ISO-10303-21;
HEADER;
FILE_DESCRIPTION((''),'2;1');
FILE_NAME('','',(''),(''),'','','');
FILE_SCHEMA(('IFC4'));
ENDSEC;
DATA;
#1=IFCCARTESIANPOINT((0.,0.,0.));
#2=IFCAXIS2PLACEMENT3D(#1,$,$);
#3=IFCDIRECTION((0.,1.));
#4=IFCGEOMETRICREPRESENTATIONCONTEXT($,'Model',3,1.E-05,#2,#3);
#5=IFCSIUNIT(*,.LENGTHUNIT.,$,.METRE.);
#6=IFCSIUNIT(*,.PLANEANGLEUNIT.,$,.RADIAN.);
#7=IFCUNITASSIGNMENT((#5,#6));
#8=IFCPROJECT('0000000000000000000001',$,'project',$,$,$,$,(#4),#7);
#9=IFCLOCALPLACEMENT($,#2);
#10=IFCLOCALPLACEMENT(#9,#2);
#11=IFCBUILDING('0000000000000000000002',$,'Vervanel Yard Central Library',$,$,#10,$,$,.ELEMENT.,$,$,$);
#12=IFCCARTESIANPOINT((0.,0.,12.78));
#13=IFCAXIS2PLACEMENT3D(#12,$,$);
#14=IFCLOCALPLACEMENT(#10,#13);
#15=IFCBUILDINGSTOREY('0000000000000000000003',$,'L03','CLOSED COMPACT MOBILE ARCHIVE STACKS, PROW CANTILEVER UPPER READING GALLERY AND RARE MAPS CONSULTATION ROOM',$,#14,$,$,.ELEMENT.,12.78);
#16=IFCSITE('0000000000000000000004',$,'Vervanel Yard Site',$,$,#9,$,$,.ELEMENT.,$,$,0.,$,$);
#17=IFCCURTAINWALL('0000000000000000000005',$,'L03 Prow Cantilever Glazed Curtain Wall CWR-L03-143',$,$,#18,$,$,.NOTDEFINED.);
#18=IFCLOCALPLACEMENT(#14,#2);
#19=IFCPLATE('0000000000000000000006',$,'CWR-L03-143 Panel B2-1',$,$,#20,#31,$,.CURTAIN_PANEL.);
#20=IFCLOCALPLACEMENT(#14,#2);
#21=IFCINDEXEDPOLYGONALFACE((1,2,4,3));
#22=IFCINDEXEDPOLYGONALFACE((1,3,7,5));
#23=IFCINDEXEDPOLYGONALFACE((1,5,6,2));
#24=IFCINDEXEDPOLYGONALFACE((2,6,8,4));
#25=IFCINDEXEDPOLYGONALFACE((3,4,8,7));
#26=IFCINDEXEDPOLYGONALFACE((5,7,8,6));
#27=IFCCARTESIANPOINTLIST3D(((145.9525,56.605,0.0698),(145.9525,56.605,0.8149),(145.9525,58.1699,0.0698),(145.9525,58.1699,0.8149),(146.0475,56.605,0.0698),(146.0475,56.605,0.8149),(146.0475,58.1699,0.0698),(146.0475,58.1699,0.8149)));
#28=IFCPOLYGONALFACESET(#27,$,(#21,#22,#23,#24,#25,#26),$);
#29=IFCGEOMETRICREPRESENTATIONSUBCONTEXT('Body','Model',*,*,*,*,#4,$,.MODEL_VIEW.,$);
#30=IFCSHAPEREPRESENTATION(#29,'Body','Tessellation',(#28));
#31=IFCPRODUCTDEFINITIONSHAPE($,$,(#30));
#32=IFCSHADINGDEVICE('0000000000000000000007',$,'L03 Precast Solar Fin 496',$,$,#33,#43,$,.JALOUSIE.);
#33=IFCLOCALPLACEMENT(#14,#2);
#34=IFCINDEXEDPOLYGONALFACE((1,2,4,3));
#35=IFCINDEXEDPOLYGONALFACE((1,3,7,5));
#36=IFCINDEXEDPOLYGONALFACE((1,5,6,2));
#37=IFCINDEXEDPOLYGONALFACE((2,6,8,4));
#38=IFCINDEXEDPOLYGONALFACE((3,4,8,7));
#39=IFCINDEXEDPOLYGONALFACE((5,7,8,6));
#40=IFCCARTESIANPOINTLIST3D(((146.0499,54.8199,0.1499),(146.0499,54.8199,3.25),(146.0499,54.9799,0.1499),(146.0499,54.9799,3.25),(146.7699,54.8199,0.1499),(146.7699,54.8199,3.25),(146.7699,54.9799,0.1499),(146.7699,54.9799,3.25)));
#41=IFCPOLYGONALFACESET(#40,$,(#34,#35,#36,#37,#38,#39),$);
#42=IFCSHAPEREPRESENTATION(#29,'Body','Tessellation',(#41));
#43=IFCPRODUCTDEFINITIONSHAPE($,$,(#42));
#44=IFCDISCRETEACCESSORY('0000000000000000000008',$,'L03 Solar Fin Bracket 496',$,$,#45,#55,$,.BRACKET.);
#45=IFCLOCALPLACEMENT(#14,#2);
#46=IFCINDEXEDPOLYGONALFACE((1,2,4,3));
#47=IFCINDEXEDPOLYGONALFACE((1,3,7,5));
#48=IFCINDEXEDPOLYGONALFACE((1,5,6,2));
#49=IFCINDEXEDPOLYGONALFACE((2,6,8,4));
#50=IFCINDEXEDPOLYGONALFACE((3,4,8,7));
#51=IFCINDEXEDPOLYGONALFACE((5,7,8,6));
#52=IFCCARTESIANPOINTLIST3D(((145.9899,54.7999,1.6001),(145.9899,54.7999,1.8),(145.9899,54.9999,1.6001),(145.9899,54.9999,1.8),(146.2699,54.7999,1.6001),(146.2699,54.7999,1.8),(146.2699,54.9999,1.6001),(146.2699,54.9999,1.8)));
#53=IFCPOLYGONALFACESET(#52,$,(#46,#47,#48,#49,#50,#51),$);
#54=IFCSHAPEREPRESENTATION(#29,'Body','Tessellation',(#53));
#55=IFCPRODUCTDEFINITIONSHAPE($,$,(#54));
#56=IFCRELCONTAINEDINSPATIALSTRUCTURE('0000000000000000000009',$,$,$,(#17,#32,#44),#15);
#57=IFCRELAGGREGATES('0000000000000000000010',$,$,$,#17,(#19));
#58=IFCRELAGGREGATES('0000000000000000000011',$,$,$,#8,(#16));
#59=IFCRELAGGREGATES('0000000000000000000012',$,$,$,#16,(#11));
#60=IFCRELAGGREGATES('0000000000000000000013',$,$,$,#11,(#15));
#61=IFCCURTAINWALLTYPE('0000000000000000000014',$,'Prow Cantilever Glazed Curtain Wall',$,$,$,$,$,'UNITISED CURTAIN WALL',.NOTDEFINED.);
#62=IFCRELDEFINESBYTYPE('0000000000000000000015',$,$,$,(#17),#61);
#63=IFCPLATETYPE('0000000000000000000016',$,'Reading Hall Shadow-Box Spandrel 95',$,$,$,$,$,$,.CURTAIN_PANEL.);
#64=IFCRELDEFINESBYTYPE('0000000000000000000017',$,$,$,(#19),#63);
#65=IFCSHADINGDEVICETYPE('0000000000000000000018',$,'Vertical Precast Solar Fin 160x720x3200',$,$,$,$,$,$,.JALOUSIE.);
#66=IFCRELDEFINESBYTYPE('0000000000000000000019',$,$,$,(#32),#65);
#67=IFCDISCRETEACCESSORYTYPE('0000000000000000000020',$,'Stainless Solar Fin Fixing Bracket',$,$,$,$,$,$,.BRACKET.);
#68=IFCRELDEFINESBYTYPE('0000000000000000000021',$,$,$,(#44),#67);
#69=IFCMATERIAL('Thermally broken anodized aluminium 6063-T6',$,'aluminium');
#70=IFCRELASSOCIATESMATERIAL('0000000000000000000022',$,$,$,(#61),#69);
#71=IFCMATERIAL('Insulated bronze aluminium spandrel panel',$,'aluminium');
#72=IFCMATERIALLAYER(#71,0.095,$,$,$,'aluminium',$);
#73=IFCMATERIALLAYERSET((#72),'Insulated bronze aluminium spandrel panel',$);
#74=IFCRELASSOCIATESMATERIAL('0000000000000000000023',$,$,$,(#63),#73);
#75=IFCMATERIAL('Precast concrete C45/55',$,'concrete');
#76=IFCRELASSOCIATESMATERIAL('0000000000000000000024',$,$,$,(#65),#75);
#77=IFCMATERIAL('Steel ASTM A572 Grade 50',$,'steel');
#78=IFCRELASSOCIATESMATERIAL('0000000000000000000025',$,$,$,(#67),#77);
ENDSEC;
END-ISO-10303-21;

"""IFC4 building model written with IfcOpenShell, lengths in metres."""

from ifc_helpers import new_model, si_unit, direction, frame, origin, origin_2d, place, context, subcontext, project, spatial, rectangle, extrude, material, layer, layer_set, type_object, element, aggregate, save


model = new_model("IFC4")

# Units and contexts
model_context = context("Model", 3, precision=1e-05, world=origin(), true_north=direction((0.0, 1.0)))
body_context = subcontext(model_context, "Body", "Model", "MODEL_VIEW")
ifc_project = project(units=[si_unit("LENGTHUNIT", "METRE"), si_unit("PLANEANGLEUNIT", "RADIAN")], contexts=[model_context])

# Site, building, storey
site_placement = place(None, origin())
site = spatial("IfcSite", under=ifc_project, at=site_placement, Name="Vervanel Yard Site", CompositionType="ELEMENT", RefElevation=0.0)
building_placement = place(site_placement, origin())
building = spatial("IfcBuilding", under=site, at=building_placement, Name="Vervanel Yard Central Library", CompositionType="ELEMENT")
storey_placement = place(building_placement, frame((0.0, 0.0, 12.78)))
storey = spatial("IfcBuildingStorey", under=building, at=storey_placement, Name="L03", Description="CLOSED COMPACT MOBILE ARCHIVE STACKS, PROW CANTILEVER UPPER READING GALLERY AND RARE MAPS CONSULTATION ROOM", CompositionType="ELEMENT", Elevation=12.78)

# Curtain wall
ifc_material_1 = material(Name="Thermally broken anodized aluminium 6063-T6", Category="aluminium")
curtain_wall_type = type_object("IfcCurtainWallType", Name="Prow Cantilever Glazed Curtain Wall", ElementType="UNITISED CURTAIN WALL", PredefinedType="NOTDEFINED", material=ifc_material_1)
curtain_wall_1_placement = place(storey_placement, origin())
curtain_wall_1 = element("IfcCurtainWall", 1, at=curtain_wall_1_placement, inside=storey, type_object=curtain_wall_type, Name="L03 Prow Cantilever Glazed Curtain Wall CWR-L03-143", PredefinedType="NOTDEFINED")

# Shared definitions
ifc_material_2 = material(Name="Steel ASTM A572 Grade 50", Category="steel")

# Plate
ifc_material_3 = material(Name="Insulated bronze aluminium spandrel panel", Category="aluminium")
ifc_layer_1 = layer(ifc_material_3, 0.095, Category="aluminium")
ifc_layer_set_1 = layer_set([ifc_layer_1], Name="Insulated bronze aluminium spandrel panel")
plate_type_1 = type_object("IfcPlateType", Name="Reading Hall Shadow-Box Spandrel 95", PredefinedType="CURTAIN_PANEL", material=ifc_layer_set_1)
plate_1_placement = place(storey_placement, frame((146.0, 57.3875, 0.0698), z_axis=(0.0, 0.0, 1.0), x_axis=(0.0, 1.0, 0.0)))
plate_1 = element("IfcPlate", 2, at=plate_1_placement, type_object=plate_type_1, Name="CWR-L03-143 Panel B2-1", PredefinedType="CURTAIN_PANEL", context=body_context, shape_type="SweptSolid", body=[
    extrude(rectangle(XDim=1.5649, YDim=0.095, at=origin_2d()), origin(), (0.0, 0.0, 1.0), 0.7451),
])
aggregate(curtain_wall_1, [plate_1])

# Shading device
ifc_material_4 = material(Name="Precast concrete C45/55", Category="concrete")
shading_device_type = type_object("IfcShadingDeviceType", Name="Vertical Precast Solar Fin 160x720x3200", PredefinedType="JALOUSIE", material=ifc_material_4)
shading_device_placement = place(storey_placement, frame((146.4099, 54.8999, 0.1499), z_axis=(0.0, 0.0, 1.0), x_axis=(0.0, 1.0, 0.0)))
element("IfcShadingDevice", 3, at=shading_device_placement, inside=storey, type_object=shading_device_type, Name="L03 Precast Solar Fin 496", PredefinedType="JALOUSIE", context=body_context, shape_type="SweptSolid", body=[
    extrude(rectangle(XDim=0.1599, YDim=0.72, at=origin_2d()), origin(), (0.0, 0.0, 1.0), 3.1001),
])

# Discrete accessory
discrete_accessory_type = type_object("IfcDiscreteAccessoryType", Name="Stainless Solar Fin Fixing Bracket", PredefinedType="BRACKET", material=ifc_material_2)
discrete_accessory_placement = place(storey_placement, frame((146.1299, 54.8999, 1.6001), z_axis=(0.0, 0.0, 1.0), x_axis=(0.0, 1.0, 0.0)))
element("IfcDiscreteAccessory", 4, at=discrete_accessory_placement, inside=storey, type_object=discrete_accessory_type, Name="L03 Solar Fin Bracket 496", PredefinedType="BRACKET", context=body_context, shape_type="SweptSolid", body=[
    extrude(rectangle(XDim=0.2, YDim=0.28, at=origin_2d()), origin(), (0.0, 0.0, 1.0), 0.2),
])

save(model, "model.ifc")
